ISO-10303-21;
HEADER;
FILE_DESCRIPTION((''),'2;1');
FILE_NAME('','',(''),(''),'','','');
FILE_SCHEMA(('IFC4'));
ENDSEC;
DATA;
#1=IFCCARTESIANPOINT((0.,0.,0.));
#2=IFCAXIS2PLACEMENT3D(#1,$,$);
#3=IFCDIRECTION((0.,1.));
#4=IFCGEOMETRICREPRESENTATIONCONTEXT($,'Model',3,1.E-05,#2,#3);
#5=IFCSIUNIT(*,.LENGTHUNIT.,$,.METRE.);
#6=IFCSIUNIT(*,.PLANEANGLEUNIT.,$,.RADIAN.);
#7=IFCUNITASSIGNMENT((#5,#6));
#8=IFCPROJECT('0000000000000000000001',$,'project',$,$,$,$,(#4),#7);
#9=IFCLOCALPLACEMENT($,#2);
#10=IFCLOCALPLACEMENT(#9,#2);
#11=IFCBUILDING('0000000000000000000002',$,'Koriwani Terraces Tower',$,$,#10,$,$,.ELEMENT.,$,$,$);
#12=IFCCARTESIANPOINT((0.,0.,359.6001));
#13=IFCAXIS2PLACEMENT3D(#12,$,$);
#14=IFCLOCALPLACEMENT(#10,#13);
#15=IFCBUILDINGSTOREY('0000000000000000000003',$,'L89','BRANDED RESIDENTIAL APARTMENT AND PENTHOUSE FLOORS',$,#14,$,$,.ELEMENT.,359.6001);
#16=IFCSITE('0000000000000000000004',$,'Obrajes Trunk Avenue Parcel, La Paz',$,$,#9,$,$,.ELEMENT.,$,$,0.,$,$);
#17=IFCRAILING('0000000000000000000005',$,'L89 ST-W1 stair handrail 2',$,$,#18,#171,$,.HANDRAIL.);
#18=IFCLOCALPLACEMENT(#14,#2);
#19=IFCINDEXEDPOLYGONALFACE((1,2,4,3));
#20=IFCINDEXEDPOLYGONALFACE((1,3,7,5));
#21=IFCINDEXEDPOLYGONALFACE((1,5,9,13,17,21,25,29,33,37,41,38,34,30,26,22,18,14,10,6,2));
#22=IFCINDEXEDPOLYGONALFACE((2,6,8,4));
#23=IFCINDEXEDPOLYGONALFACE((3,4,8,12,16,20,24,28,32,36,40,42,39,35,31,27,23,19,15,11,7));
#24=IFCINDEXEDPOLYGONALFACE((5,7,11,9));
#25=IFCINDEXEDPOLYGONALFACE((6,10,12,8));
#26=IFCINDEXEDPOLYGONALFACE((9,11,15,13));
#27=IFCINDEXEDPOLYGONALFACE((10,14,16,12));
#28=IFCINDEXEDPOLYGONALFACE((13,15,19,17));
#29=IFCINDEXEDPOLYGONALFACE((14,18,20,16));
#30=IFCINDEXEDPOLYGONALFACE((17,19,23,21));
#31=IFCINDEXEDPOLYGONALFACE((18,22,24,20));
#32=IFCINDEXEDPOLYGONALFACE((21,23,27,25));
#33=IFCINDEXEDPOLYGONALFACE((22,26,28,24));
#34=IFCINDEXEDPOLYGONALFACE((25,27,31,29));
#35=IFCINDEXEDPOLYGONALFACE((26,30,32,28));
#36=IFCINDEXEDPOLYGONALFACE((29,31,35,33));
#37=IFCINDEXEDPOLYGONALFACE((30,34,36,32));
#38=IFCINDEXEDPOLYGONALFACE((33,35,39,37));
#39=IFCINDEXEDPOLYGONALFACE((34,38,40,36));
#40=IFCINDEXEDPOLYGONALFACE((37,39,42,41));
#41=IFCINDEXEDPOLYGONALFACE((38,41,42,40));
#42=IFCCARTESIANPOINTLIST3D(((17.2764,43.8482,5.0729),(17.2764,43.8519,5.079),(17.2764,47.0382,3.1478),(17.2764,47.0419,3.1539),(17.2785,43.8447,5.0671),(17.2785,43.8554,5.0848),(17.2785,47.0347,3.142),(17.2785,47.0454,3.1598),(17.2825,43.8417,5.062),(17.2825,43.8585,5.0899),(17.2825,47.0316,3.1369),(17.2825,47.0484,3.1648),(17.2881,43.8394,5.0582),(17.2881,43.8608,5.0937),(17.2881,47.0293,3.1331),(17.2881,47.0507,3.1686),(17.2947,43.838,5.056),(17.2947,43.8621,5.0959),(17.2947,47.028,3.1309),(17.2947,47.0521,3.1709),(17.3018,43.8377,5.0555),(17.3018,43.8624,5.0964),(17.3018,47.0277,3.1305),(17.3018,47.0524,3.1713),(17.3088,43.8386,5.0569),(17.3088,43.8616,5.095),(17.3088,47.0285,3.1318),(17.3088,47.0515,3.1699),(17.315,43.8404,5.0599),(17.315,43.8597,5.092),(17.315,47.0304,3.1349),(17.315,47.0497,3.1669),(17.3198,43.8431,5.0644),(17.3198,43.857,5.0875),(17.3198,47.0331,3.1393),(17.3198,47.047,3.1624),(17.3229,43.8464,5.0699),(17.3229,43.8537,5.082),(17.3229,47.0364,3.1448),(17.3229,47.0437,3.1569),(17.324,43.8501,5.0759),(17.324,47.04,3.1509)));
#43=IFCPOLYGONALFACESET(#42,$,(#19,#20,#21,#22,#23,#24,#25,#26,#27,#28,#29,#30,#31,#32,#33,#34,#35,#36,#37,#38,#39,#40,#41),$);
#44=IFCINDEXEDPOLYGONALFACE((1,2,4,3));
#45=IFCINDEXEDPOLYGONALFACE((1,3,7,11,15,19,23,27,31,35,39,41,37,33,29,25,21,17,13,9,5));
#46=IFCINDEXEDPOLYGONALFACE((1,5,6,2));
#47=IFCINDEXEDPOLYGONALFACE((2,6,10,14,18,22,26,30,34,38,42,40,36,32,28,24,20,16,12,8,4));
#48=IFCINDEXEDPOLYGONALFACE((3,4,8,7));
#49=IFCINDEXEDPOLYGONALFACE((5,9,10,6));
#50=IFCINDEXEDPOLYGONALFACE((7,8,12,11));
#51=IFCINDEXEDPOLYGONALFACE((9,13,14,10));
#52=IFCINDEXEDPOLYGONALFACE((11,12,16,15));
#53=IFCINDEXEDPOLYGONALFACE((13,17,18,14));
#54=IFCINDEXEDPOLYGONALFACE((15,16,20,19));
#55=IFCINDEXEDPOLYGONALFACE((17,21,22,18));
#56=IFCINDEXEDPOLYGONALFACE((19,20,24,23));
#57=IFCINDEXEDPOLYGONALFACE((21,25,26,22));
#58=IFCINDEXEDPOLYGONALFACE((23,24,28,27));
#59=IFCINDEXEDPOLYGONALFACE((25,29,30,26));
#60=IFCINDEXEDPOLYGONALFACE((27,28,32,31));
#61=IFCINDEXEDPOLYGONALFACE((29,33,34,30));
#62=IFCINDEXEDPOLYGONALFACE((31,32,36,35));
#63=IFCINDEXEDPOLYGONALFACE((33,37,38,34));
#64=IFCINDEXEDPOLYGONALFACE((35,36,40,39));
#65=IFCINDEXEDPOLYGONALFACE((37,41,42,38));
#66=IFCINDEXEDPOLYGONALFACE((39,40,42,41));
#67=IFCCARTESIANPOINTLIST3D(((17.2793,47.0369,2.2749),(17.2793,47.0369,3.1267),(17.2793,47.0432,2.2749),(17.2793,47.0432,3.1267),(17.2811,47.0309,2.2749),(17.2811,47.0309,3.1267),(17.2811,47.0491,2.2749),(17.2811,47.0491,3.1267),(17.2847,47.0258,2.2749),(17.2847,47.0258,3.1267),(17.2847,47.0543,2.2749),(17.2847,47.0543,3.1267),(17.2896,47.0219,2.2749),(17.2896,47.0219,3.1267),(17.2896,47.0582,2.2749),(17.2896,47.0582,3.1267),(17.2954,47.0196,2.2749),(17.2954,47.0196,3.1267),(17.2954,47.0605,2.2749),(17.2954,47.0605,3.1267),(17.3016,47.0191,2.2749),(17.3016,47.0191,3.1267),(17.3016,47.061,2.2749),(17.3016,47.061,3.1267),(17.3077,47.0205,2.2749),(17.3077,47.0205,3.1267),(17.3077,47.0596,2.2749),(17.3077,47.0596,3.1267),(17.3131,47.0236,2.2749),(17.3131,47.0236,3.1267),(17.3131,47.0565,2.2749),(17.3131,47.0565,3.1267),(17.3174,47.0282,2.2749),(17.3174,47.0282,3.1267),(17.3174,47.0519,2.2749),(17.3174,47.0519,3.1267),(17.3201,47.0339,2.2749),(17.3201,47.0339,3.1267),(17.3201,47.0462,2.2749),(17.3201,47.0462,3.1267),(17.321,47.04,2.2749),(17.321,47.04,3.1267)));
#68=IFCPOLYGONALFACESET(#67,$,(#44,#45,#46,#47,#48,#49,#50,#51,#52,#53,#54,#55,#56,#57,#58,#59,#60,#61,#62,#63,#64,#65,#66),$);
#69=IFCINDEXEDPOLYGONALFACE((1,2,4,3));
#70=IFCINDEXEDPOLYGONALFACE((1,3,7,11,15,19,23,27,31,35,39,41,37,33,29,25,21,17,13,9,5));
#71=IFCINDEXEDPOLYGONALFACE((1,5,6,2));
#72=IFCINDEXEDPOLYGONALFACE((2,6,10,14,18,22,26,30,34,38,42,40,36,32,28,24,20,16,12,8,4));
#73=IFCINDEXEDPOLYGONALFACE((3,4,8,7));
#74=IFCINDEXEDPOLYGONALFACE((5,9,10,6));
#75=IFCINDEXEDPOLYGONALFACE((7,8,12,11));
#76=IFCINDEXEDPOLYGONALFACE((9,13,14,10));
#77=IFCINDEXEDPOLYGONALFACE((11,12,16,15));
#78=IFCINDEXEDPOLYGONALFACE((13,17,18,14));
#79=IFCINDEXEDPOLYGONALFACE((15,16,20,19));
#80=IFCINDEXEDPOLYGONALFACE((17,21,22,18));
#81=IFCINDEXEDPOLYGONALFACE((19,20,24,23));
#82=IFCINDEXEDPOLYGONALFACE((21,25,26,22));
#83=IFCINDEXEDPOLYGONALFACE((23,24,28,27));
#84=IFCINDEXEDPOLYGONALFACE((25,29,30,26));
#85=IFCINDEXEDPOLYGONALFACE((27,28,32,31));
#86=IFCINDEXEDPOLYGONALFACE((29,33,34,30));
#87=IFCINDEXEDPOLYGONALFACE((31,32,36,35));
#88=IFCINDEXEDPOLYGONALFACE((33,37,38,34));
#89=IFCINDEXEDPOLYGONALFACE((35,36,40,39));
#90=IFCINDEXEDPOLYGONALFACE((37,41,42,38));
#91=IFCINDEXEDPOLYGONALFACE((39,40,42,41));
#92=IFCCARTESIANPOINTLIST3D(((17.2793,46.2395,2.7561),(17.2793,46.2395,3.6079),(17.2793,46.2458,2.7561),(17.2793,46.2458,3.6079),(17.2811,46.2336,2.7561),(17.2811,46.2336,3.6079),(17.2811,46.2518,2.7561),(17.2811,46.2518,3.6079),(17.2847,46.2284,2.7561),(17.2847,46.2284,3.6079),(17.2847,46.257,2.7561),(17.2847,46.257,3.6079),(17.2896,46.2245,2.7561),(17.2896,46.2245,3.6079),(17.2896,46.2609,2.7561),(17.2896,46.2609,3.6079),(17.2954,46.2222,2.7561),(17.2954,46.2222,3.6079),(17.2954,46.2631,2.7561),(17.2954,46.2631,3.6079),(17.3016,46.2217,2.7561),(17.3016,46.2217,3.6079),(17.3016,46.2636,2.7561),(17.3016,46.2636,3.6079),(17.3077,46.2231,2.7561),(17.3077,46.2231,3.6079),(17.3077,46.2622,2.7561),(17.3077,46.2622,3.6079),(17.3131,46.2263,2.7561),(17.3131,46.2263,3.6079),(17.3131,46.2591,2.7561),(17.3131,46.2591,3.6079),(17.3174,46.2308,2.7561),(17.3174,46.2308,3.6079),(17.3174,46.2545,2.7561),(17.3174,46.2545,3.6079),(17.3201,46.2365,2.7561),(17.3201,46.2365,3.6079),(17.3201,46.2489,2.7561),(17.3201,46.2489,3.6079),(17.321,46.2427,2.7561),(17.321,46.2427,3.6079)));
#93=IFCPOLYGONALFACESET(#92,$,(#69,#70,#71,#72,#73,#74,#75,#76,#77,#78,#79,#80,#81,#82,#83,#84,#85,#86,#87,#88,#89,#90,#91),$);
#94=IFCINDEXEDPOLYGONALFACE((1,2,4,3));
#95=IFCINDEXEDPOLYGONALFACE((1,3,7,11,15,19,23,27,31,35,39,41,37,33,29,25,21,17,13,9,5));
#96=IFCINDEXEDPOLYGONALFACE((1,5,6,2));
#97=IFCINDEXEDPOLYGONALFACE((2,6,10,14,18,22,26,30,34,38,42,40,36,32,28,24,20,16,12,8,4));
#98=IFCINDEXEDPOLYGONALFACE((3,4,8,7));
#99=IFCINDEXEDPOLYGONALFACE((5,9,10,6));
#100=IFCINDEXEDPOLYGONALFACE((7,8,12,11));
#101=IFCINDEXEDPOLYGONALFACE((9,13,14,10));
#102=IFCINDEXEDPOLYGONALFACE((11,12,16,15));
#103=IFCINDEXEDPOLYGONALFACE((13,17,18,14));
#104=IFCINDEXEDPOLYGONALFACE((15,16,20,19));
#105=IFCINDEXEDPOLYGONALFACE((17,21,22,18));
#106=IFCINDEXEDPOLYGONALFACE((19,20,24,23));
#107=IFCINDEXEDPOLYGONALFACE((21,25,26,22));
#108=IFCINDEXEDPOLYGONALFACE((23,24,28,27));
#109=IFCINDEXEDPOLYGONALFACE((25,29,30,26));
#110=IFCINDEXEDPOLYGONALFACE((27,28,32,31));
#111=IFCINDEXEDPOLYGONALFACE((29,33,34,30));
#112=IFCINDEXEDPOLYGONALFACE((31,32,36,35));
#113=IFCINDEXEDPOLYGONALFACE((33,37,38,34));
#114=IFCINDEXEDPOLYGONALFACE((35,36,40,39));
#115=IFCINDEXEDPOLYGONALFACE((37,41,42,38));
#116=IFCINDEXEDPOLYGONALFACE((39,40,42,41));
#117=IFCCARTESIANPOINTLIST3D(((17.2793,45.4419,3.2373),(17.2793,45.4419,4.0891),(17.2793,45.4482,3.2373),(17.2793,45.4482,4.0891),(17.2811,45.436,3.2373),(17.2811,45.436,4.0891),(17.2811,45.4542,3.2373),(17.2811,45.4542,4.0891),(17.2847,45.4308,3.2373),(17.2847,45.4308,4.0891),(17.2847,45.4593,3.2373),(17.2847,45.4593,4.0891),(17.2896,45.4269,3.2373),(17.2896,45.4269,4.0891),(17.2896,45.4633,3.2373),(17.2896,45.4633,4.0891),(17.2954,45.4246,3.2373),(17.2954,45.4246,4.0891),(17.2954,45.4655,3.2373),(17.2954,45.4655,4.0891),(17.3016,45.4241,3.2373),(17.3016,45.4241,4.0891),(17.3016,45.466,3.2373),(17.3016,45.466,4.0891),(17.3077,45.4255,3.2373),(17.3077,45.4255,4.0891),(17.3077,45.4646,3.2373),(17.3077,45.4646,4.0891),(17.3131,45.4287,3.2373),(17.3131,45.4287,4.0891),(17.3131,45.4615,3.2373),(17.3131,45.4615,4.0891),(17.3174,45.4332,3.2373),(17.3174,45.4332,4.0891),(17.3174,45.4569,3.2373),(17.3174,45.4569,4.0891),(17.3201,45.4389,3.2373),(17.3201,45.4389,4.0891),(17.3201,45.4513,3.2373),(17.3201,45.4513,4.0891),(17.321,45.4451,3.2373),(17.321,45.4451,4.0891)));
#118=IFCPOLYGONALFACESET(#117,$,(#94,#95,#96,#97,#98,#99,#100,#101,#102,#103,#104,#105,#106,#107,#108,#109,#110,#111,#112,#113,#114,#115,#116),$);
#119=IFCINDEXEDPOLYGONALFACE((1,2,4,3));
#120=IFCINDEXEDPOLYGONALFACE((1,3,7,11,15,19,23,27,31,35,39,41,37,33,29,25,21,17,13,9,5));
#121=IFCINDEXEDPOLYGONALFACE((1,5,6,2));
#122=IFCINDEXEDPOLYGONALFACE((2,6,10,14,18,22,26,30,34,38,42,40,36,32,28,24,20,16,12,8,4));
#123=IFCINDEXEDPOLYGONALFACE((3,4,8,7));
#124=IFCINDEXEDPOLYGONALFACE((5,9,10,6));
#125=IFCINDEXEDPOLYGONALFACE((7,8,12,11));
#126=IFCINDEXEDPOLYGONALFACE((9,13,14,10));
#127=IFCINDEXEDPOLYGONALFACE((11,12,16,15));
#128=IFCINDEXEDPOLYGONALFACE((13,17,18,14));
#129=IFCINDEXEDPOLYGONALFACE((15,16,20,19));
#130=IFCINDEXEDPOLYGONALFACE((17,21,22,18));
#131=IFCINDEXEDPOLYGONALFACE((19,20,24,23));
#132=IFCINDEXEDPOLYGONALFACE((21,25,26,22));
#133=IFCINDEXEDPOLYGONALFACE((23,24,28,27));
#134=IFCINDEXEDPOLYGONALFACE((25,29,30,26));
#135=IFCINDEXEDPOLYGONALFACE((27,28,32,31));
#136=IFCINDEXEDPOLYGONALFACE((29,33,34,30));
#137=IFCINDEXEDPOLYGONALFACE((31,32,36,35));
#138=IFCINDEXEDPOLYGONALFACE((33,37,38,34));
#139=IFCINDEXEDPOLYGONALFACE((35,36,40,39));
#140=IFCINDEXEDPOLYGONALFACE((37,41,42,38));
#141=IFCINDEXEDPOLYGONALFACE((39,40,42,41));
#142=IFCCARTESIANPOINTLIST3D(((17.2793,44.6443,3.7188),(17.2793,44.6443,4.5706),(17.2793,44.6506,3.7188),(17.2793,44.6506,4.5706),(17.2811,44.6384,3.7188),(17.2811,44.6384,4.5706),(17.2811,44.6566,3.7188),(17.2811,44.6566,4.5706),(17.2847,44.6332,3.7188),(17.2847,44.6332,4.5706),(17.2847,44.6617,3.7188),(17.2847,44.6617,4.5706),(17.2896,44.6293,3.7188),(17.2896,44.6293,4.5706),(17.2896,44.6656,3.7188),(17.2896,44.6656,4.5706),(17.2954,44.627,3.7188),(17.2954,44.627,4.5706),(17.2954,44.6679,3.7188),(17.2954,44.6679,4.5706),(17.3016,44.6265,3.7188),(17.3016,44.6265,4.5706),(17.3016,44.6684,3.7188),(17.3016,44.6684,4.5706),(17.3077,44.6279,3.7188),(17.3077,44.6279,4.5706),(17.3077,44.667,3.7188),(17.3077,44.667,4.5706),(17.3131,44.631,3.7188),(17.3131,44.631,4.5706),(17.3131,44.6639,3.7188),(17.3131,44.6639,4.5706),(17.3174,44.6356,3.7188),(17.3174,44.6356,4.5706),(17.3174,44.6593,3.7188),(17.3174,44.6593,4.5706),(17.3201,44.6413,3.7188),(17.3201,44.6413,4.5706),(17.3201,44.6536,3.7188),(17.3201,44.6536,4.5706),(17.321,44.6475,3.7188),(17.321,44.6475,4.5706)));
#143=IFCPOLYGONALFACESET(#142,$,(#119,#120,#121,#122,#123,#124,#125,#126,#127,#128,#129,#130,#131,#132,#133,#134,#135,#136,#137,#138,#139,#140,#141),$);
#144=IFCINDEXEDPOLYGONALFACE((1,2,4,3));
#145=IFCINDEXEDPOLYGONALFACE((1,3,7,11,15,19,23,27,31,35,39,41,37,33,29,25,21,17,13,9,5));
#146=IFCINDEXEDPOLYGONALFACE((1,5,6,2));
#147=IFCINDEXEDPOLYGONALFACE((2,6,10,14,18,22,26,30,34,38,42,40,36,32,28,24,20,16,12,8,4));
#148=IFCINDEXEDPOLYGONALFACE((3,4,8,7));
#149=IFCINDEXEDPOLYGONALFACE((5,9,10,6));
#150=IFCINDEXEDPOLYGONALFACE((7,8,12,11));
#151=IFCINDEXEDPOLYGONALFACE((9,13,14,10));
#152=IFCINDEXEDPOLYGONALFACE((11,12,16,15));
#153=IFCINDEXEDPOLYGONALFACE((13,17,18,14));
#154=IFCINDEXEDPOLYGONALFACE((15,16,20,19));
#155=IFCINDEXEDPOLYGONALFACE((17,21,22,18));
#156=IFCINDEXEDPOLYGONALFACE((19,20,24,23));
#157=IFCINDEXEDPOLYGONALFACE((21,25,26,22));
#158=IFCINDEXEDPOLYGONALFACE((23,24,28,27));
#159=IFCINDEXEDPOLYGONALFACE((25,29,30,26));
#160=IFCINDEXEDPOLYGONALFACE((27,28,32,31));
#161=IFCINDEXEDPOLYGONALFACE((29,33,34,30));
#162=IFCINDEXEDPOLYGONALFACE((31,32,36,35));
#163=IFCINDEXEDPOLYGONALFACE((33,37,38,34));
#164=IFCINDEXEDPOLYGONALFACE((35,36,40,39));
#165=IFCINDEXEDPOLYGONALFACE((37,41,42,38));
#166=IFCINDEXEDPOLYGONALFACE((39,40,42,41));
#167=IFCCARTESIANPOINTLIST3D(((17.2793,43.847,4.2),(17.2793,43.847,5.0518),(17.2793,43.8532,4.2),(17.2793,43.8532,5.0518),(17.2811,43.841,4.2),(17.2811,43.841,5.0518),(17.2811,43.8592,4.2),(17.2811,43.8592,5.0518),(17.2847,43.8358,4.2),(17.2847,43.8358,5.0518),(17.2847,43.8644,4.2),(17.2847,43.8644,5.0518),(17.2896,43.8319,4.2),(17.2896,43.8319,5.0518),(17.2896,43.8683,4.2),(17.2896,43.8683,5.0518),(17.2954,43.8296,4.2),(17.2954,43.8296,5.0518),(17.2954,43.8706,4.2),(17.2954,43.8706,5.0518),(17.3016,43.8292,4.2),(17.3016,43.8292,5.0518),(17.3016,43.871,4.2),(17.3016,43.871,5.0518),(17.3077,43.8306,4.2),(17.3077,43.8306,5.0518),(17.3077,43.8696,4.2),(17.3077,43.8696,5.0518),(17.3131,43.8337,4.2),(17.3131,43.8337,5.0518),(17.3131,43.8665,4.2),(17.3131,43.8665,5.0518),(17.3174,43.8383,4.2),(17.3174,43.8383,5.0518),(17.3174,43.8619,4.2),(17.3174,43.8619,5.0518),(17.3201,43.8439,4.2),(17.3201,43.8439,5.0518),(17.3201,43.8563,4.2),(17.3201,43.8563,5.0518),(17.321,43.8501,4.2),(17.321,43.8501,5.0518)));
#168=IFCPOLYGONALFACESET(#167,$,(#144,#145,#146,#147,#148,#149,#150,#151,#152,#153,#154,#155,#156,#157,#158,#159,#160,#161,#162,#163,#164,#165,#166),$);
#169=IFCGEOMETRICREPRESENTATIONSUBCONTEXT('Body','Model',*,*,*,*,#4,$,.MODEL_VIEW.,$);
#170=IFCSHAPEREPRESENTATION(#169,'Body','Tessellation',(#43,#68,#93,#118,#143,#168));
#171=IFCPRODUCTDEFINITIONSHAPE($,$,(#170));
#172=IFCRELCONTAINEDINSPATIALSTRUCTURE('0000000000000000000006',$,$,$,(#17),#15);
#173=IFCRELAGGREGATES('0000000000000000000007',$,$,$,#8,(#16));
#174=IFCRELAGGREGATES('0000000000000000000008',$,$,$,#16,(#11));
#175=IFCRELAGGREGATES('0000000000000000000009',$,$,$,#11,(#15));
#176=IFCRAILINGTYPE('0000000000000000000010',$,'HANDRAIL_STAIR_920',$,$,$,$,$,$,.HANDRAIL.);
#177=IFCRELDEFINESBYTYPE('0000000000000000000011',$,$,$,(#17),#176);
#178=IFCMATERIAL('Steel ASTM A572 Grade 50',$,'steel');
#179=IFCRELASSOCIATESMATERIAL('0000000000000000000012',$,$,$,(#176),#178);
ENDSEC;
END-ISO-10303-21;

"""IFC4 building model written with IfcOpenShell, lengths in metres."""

from ifc_helpers import new_model, si_unit, direction, frame, origin, origin_2d, place, context, subcontext, project, spatial, circle, extrude, material, type_object, element, save


model = new_model("IFC4")

# Units and contexts
model_context = context("Model", 3, precision=1e-05, world=origin(), true_north=direction((0.0, 1.0)))
body_context = subcontext(model_context, "Body", "Model", "MODEL_VIEW")
ifc_project = project(units=[si_unit("LENGTHUNIT", "METRE"), si_unit("PLANEANGLEUNIT", "RADIAN")], contexts=[model_context])

# Site, building, storey
site_placement = place(None, origin())
site = spatial("IfcSite", under=ifc_project, at=site_placement, Name="Obrajes Trunk Avenue Parcel, La Paz", CompositionType="ELEMENT", RefElevation=0.0)
building_placement = place(site_placement, origin())
building = spatial("IfcBuilding", under=site, at=building_placement, Name="Koriwani Terraces Tower", CompositionType="ELEMENT")
storey_placement = place(building_placement, frame((0.0, 0.0, 359.6001)))
storey = spatial("IfcBuildingStorey", under=building, at=storey_placement, Name="L89", Description="BRANDED RESIDENTIAL APARTMENT AND PENTHOUSE FLOORS", CompositionType="ELEMENT", Elevation=359.6001)

# Shared definitions
ifc_material_1 = material(Name="Steel ASTM A572 Grade 50", Category="steel")

# Railing
railing_type_1 = type_object("IfcRailingType", Name="HANDRAIL_STAIR_920", PredefinedType="HANDRAIL", material=ifc_material_1)
railing_1_placement = place(storey_placement, frame((17.3, 47.04, 2.2749)))
element("IfcRailing", 1, at=railing_1_placement, inside=storey, type_object=railing_type_1, Name="L89 ST-W1 stair handrail 2", PredefinedType="HANDRAIL", context=body_context, shape_type="SweptSolid", body=[
    extrude(circle(Radius=0.0239, at=origin_2d()), frame((0.0, 0.0, 0.876), z_axis=(0.0, -0.856178, 0.516682), x_axis=(1.0, 0.0, 0.0)), (0.0, 0.0, 1.0), 3.7258),
    extrude(circle(Radius=0.021, at=origin_2d()), origin(), (0.0, 0.0, 1.0), 0.8518),
    extrude(circle(Radius=0.021, at=origin_2d()), frame((0.0, -0.7974, 0.4812)), (0.0, 0.0, 1.0), 0.8518),
    extrude(circle(Radius=0.021, at=origin_2d()), frame((0.0, -1.595, 0.9624)), (0.0, 0.0, 1.0), 0.8518),
    extrude(circle(Radius=0.021, at=origin_2d()), frame((0.0, -2.3926, 1.4438)), (0.0, 0.0, 1.0), 0.8518),
    extrude(circle(Radius=0.021, at=origin_2d()), frame((0.0, -3.1899, 1.925)), (0.0, 0.0, 1.0), 0.8518),
])

save(model, "model.ifc")
